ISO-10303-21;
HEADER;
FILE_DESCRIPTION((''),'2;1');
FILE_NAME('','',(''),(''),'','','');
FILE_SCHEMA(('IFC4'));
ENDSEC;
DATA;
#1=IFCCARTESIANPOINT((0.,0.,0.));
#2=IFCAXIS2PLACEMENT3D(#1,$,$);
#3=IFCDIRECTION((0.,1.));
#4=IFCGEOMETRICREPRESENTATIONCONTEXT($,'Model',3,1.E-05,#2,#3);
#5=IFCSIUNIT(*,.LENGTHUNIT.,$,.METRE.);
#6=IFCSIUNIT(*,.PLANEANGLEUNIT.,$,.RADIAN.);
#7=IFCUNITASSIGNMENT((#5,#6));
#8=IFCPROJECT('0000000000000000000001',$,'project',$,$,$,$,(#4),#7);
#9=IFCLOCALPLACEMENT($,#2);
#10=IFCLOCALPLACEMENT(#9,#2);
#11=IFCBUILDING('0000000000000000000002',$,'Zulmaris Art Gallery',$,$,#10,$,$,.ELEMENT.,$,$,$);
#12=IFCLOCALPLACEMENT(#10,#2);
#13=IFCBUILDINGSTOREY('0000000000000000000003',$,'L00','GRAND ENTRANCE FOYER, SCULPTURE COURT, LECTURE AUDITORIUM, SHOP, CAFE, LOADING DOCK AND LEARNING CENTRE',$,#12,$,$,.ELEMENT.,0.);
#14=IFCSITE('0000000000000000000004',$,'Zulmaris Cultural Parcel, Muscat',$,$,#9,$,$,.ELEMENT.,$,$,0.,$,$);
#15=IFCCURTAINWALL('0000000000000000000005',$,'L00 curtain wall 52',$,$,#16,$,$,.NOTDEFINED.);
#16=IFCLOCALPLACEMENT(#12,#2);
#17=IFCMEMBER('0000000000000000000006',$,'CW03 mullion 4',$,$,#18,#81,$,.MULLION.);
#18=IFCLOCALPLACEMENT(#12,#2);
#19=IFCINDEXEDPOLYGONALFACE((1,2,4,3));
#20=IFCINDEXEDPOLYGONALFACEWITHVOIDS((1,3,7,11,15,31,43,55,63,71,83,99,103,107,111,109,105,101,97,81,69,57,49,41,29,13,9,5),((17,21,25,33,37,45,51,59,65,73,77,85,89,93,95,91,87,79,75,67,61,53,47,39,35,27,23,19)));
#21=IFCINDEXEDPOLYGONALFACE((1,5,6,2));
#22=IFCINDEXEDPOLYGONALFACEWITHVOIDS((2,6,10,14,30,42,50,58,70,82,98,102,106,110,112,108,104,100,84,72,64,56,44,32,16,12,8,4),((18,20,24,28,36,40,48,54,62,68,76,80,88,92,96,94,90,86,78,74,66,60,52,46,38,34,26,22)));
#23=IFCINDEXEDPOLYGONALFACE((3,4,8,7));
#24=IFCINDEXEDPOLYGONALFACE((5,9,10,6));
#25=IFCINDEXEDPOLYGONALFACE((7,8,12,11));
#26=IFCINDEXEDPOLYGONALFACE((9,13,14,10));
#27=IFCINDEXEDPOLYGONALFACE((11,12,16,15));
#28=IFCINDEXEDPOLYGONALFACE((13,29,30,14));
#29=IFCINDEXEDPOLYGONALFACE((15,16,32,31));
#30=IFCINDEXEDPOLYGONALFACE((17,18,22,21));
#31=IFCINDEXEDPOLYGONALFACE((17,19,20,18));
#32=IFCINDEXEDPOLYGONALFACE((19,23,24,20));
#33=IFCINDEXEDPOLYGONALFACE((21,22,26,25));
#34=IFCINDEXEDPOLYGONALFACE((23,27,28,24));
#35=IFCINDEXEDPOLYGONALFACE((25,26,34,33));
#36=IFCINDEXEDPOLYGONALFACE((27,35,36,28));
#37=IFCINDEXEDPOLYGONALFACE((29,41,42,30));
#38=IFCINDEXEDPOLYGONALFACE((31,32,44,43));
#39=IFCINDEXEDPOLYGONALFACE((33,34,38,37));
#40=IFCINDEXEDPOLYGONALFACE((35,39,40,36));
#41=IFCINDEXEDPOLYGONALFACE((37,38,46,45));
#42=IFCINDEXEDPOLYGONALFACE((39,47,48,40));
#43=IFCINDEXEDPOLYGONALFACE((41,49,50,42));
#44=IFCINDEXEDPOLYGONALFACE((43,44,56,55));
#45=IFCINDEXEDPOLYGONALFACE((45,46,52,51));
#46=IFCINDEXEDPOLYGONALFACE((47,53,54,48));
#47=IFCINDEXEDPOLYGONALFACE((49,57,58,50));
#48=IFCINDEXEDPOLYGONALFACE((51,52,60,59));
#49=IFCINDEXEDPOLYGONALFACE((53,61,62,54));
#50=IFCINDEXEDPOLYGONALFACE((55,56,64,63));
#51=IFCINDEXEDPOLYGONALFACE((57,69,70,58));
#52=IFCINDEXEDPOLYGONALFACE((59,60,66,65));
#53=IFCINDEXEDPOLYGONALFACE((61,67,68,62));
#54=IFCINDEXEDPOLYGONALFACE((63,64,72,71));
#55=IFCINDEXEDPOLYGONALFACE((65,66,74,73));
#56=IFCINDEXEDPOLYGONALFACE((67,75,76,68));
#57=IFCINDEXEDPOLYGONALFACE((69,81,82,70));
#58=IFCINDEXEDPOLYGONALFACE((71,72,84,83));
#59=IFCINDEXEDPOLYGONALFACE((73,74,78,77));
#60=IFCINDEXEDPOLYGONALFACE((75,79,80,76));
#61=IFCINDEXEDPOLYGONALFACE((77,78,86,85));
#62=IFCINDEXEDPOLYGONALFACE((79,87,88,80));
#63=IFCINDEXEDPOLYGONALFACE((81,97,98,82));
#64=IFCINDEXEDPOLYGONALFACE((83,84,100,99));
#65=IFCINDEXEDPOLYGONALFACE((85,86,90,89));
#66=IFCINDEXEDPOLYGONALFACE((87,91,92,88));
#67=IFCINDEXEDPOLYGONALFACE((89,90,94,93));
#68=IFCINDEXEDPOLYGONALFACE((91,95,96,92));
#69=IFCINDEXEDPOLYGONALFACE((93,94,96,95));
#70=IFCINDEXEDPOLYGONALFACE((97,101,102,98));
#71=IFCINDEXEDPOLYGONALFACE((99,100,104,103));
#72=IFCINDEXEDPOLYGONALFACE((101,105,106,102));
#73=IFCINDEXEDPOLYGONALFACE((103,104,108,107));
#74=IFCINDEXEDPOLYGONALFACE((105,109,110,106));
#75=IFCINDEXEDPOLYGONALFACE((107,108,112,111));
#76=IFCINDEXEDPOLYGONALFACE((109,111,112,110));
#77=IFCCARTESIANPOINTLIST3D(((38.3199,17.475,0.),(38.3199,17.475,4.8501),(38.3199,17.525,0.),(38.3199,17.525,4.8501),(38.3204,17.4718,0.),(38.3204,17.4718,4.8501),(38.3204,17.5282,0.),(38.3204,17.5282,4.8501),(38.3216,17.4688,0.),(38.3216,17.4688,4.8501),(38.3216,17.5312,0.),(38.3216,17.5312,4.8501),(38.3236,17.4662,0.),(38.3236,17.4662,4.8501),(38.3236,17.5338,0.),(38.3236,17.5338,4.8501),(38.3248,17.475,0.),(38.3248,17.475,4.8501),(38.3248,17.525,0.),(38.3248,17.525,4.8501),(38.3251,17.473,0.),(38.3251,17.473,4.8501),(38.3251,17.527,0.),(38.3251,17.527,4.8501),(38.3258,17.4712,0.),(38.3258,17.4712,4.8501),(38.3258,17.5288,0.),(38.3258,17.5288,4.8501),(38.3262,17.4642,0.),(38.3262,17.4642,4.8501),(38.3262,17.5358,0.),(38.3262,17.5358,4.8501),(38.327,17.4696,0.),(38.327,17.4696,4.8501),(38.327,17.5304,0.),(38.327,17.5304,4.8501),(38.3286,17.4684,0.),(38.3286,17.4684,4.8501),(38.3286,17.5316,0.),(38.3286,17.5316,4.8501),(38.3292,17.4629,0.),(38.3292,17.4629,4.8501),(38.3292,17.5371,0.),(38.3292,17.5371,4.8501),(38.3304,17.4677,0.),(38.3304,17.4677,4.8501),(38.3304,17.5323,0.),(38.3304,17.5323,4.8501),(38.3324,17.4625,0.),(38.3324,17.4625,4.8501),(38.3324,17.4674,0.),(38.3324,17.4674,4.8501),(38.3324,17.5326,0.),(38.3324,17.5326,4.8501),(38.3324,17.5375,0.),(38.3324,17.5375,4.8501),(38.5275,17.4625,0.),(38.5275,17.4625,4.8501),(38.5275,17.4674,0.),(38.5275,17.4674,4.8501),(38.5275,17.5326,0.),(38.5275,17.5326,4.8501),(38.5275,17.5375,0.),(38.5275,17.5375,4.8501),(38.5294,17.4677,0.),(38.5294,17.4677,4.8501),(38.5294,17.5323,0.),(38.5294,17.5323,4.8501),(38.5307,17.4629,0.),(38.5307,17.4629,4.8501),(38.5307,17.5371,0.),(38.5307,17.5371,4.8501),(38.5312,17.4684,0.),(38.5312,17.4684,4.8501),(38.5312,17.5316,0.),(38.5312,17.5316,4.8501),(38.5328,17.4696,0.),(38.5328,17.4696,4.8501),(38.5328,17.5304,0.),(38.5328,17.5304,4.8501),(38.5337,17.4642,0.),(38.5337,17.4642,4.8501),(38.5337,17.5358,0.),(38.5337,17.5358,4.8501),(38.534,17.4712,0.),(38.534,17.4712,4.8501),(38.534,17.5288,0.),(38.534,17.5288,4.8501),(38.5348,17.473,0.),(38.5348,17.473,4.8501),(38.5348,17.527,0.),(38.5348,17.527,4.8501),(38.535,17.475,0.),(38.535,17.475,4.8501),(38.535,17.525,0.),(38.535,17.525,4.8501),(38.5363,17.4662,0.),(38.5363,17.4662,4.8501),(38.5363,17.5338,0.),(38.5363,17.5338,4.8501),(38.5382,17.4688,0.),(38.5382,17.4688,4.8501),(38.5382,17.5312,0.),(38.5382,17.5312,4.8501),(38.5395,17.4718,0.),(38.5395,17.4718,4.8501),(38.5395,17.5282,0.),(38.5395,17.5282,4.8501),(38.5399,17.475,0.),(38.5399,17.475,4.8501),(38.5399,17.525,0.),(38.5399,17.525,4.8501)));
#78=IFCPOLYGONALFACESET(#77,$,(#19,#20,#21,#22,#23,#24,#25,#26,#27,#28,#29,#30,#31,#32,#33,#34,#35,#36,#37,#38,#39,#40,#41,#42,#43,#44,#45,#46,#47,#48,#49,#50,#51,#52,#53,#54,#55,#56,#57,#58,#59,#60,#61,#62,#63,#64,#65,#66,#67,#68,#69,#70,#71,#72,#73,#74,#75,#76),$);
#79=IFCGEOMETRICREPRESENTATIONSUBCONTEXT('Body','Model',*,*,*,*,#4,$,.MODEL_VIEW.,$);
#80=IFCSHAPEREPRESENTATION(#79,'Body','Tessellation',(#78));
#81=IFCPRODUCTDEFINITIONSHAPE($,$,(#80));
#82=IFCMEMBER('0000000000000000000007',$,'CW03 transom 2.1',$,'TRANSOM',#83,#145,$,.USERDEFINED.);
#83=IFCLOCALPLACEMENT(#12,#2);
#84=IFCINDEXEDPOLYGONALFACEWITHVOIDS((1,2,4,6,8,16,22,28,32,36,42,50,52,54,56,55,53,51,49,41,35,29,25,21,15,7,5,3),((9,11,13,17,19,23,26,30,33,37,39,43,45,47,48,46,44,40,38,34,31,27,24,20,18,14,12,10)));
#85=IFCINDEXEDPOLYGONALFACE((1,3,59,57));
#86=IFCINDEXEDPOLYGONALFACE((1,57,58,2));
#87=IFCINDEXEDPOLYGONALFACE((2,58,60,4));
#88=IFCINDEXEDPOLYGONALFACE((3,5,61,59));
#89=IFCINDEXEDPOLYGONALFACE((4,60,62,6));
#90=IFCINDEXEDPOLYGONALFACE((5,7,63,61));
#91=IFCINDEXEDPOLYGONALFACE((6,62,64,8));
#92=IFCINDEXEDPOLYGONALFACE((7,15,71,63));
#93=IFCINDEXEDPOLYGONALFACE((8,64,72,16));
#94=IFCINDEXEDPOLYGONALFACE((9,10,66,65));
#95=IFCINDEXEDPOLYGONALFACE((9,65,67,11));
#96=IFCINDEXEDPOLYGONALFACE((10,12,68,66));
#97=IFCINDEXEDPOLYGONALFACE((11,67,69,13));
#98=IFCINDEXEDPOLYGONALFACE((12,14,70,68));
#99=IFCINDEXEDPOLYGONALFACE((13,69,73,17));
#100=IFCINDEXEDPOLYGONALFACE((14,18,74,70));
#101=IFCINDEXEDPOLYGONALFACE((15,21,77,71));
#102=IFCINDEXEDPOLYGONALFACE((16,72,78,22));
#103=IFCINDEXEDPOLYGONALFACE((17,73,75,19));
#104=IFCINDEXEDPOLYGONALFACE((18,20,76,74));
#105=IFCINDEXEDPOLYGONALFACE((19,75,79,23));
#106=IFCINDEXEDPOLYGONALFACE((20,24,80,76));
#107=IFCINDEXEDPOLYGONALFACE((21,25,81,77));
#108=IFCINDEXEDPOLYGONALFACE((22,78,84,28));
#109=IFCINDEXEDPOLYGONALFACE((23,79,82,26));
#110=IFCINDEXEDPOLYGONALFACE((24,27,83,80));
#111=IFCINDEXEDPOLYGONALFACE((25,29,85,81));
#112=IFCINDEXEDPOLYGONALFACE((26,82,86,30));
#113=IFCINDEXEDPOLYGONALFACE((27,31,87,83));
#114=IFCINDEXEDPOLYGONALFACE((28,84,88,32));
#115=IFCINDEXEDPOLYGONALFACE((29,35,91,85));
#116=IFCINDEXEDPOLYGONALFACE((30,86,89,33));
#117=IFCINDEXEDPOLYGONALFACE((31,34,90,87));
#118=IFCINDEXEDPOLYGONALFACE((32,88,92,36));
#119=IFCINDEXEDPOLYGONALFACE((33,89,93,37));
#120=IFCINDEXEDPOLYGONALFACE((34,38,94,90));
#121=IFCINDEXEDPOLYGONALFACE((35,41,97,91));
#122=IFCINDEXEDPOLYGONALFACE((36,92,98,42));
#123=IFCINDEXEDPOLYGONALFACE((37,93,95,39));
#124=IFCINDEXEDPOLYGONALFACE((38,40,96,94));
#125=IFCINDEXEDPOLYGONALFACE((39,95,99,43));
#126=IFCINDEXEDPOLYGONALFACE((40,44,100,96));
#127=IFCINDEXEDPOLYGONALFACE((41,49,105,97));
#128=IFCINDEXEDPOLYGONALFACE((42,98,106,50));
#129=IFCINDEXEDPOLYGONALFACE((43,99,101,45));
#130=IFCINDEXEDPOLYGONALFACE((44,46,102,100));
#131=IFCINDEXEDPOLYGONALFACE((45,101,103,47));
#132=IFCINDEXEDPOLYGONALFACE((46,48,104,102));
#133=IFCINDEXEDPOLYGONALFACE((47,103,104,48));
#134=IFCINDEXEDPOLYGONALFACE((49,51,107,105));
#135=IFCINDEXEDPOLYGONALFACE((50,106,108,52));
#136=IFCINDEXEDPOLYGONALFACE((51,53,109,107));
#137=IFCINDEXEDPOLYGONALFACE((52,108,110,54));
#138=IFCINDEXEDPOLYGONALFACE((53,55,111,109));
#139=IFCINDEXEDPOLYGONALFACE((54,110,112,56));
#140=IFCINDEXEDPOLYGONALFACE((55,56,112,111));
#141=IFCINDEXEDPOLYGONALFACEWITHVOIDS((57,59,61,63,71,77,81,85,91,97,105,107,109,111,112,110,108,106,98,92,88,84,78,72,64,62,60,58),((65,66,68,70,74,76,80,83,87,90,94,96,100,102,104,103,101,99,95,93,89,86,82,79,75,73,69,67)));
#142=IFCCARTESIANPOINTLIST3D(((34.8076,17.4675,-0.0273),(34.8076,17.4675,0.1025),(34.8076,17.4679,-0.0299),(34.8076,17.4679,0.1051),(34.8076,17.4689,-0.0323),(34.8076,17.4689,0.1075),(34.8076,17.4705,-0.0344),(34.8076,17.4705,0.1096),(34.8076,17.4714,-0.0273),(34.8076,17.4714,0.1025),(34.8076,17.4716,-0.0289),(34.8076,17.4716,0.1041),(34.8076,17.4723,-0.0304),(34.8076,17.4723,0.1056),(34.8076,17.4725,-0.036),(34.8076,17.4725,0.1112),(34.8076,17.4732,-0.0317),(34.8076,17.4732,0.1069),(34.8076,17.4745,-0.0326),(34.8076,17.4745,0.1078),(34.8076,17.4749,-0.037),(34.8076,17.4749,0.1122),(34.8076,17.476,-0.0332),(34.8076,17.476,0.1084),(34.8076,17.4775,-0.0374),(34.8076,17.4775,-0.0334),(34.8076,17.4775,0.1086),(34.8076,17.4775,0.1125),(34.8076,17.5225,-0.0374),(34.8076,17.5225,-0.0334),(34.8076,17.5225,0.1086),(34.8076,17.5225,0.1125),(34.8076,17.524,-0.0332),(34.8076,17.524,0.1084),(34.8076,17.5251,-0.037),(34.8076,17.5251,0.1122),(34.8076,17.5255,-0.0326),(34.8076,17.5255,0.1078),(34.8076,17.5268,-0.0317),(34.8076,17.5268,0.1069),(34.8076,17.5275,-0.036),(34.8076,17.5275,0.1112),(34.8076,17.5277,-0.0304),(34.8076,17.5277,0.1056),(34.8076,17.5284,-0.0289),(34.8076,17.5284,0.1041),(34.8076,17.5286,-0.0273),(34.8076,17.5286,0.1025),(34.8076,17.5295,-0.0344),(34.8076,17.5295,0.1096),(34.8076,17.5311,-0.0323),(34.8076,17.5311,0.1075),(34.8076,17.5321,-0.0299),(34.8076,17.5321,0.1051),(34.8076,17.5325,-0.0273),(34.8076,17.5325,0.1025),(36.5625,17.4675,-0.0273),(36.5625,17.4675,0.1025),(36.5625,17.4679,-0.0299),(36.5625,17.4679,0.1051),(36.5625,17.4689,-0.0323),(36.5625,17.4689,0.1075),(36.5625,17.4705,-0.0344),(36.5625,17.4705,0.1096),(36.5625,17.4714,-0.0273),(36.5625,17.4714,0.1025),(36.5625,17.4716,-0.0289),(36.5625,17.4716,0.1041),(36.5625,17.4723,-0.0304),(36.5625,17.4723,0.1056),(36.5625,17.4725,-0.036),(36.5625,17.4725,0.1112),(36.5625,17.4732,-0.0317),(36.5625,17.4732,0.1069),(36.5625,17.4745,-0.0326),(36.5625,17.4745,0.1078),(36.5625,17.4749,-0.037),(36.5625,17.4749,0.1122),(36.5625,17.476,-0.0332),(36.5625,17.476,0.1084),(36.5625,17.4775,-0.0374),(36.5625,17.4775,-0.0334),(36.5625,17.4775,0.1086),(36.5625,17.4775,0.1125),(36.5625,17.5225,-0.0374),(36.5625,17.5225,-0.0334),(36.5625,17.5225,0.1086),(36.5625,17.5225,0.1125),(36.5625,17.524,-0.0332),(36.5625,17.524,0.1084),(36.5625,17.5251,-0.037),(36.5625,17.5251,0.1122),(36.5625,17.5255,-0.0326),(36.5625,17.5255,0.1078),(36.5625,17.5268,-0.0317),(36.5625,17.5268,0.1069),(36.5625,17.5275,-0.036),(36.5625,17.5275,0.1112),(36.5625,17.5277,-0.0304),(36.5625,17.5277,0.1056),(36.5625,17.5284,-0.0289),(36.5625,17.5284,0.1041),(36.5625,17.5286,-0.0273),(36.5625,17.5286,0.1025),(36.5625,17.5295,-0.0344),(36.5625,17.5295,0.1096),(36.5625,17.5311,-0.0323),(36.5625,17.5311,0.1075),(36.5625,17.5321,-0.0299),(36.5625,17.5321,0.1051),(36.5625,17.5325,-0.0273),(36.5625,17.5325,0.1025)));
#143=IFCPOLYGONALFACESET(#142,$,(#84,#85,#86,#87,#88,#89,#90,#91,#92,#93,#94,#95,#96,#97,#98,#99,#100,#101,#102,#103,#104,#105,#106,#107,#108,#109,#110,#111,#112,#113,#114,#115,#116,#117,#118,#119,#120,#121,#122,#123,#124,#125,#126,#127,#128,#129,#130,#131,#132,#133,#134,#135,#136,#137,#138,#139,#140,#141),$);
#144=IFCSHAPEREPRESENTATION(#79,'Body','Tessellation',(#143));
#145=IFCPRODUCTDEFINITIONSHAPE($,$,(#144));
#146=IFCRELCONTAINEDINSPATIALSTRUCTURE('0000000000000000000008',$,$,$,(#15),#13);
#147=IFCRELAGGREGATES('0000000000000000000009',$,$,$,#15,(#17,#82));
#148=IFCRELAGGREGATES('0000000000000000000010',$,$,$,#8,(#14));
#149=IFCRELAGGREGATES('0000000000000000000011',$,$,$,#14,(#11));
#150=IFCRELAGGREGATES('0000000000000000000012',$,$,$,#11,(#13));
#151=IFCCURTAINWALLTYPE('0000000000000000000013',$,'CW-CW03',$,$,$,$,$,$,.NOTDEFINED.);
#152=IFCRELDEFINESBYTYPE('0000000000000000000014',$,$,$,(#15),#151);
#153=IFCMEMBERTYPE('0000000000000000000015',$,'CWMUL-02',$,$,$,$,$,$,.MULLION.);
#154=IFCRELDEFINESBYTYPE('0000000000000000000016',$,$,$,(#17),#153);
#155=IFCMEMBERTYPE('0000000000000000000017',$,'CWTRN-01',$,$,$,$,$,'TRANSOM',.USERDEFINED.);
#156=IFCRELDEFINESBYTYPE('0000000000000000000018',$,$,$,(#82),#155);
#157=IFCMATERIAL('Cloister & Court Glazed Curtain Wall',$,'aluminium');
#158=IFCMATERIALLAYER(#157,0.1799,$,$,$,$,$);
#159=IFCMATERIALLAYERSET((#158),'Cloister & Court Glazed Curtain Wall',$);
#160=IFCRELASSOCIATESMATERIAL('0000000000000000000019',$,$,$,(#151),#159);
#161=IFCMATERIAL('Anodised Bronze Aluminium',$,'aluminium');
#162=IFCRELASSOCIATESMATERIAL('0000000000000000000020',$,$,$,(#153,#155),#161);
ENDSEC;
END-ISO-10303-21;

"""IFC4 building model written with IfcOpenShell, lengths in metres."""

from ifc_helpers import new_model, si_unit, direction, frame, origin, origin_2d, place, context, subcontext, project, spatial, hollow_rectangle, extrude, material, layer, layer_set, material_profile, profile_set, type_object, element, aggregate, save


model = new_model("IFC4")

# Units and contexts
model_context = context("Model", 3, precision=1e-05, world=origin(), true_north=direction((0.0, 1.0)))
body_context = subcontext(model_context, "Body", "Model", "MODEL_VIEW")
ifc_project = project(units=[si_unit("LENGTHUNIT", "METRE"), si_unit("PLANEANGLEUNIT", "RADIAN")], contexts=[model_context])

# Site, building, storey
site_placement = place(None, origin())
site = spatial("IfcSite", under=ifc_project, at=site_placement, Name="Zulmaris Cultural Parcel, Muscat", CompositionType="ELEMENT", RefElevation=0.0)
building_placement = place(site_placement, origin())
building = spatial("IfcBuilding", under=site, at=building_placement, Name="Zulmaris Art Gallery", CompositionType="ELEMENT")
storey_placement = place(building_placement, origin())
storey = spatial("IfcBuildingStorey", under=building, at=storey_placement, Name="L00", Description="GRAND ENTRANCE FOYER, SCULPTURE COURT, LECTURE AUDITORIUM, SHOP, CAFE, LOADING DOCK AND LEARNING CENTRE", CompositionType="ELEMENT", Elevation=0.0)

# Curtain wall, members
ifc_material_1 = material(Name="Cloister & Court Glazed Curtain Wall", Category="aluminium")
ifc_layer_1 = layer(ifc_material_1, 0.1799)
ifc_layer_set_1 = layer_set([ifc_layer_1], Name="Cloister & Court Glazed Curtain Wall")
curtain_wall_type = type_object("IfcCurtainWallType", Name="CW-CW03", PredefinedType="NOTDEFINED", material=ifc_layer_set_1)
curtain_wall_placement = place(storey_placement, origin())
curtain_wall = element("IfcCurtainWall", 1, at=curtain_wall_placement, inside=storey, type_object=curtain_wall_type, Name="L00 curtain wall 52", PredefinedType="NOTDEFINED")
ifc_material_2 = material(Name="Anodised Bronze Aluminium", Category="aluminium")
ifc_material_profile_1 = material_profile(ifc_material_2, hollow_rectangle(XDim=0.075, YDim=0.22, WallThickness=0.0049, InnerFilletRadius=0.0076, OuterFilletRadius=0.0125, at=origin_2d()), Name="ALU 75x220x5")
ifc_profile_set_1 = profile_set([ifc_material_profile_1], Name="Anodised Bronze Aluminium")
member_type_1 = type_object("IfcMemberType", Name="CWMUL-02", PredefinedType="MULLION", material=ifc_profile_set_1)
member_1_placement = place(storey_placement, frame((38.4299, 17.5, 0.0), z_axis=(0.0, 0.0, 1.0), x_axis=(0.0, 1.0, 0.0)))
member_1 = element("IfcMember", 2, at=member_1_placement, type_object=member_type_1, Name="CW03 mullion 4", PredefinedType="MULLION", context=body_context, shape_type="SweptSolid", body=[
    extrude(hollow_rectangle(XDim=0.075, YDim=0.22, WallThickness=0.0049, InnerFilletRadius=0.0076, OuterFilletRadius=0.0125, at=origin_2d()), origin(), (0.0, 0.0, 1.0), 4.8501),
])
ifc_material_profile_2 = material_profile(ifc_material_2, hollow_rectangle(XDim=0.0649, YDim=0.1499, WallThickness=0.0039, InnerFilletRadius=0.0061, OuterFilletRadius=0.01, at=origin_2d()), Name="ALU 65x150x4")
ifc_profile_set_2 = profile_set([ifc_material_profile_2], Name="Anodised Bronze Aluminium")
member_type_2 = type_object("IfcMemberType", Name="CWTRN-01", ElementType="TRANSOM", PredefinedType="USERDEFINED", material=ifc_profile_set_2)
member_2_placement = place(storey_placement, frame((34.8076, 17.5, 0.0376), z_axis=(1.0, 0.0, 0.0), x_axis=(0.0, 1.0, 0.0)))
member_2 = element("IfcMember", 3, at=member_2_placement, type_object=member_type_2, Name="CW03 transom 2.1", ObjectType="TRANSOM", PredefinedType="USERDEFINED", context=body_context, shape_type="SweptSolid", body=[
    extrude(hollow_rectangle(XDim=0.0649, YDim=0.1499, WallThickness=0.0039, InnerFilletRadius=0.0061, OuterFilletRadius=0.01, at=origin_2d()), origin(), (0.0, 0.0, 1.0), 1.7549),
])
aggregate(curtain_wall, [member_1, member_2])

save(model, "model.ifc")
